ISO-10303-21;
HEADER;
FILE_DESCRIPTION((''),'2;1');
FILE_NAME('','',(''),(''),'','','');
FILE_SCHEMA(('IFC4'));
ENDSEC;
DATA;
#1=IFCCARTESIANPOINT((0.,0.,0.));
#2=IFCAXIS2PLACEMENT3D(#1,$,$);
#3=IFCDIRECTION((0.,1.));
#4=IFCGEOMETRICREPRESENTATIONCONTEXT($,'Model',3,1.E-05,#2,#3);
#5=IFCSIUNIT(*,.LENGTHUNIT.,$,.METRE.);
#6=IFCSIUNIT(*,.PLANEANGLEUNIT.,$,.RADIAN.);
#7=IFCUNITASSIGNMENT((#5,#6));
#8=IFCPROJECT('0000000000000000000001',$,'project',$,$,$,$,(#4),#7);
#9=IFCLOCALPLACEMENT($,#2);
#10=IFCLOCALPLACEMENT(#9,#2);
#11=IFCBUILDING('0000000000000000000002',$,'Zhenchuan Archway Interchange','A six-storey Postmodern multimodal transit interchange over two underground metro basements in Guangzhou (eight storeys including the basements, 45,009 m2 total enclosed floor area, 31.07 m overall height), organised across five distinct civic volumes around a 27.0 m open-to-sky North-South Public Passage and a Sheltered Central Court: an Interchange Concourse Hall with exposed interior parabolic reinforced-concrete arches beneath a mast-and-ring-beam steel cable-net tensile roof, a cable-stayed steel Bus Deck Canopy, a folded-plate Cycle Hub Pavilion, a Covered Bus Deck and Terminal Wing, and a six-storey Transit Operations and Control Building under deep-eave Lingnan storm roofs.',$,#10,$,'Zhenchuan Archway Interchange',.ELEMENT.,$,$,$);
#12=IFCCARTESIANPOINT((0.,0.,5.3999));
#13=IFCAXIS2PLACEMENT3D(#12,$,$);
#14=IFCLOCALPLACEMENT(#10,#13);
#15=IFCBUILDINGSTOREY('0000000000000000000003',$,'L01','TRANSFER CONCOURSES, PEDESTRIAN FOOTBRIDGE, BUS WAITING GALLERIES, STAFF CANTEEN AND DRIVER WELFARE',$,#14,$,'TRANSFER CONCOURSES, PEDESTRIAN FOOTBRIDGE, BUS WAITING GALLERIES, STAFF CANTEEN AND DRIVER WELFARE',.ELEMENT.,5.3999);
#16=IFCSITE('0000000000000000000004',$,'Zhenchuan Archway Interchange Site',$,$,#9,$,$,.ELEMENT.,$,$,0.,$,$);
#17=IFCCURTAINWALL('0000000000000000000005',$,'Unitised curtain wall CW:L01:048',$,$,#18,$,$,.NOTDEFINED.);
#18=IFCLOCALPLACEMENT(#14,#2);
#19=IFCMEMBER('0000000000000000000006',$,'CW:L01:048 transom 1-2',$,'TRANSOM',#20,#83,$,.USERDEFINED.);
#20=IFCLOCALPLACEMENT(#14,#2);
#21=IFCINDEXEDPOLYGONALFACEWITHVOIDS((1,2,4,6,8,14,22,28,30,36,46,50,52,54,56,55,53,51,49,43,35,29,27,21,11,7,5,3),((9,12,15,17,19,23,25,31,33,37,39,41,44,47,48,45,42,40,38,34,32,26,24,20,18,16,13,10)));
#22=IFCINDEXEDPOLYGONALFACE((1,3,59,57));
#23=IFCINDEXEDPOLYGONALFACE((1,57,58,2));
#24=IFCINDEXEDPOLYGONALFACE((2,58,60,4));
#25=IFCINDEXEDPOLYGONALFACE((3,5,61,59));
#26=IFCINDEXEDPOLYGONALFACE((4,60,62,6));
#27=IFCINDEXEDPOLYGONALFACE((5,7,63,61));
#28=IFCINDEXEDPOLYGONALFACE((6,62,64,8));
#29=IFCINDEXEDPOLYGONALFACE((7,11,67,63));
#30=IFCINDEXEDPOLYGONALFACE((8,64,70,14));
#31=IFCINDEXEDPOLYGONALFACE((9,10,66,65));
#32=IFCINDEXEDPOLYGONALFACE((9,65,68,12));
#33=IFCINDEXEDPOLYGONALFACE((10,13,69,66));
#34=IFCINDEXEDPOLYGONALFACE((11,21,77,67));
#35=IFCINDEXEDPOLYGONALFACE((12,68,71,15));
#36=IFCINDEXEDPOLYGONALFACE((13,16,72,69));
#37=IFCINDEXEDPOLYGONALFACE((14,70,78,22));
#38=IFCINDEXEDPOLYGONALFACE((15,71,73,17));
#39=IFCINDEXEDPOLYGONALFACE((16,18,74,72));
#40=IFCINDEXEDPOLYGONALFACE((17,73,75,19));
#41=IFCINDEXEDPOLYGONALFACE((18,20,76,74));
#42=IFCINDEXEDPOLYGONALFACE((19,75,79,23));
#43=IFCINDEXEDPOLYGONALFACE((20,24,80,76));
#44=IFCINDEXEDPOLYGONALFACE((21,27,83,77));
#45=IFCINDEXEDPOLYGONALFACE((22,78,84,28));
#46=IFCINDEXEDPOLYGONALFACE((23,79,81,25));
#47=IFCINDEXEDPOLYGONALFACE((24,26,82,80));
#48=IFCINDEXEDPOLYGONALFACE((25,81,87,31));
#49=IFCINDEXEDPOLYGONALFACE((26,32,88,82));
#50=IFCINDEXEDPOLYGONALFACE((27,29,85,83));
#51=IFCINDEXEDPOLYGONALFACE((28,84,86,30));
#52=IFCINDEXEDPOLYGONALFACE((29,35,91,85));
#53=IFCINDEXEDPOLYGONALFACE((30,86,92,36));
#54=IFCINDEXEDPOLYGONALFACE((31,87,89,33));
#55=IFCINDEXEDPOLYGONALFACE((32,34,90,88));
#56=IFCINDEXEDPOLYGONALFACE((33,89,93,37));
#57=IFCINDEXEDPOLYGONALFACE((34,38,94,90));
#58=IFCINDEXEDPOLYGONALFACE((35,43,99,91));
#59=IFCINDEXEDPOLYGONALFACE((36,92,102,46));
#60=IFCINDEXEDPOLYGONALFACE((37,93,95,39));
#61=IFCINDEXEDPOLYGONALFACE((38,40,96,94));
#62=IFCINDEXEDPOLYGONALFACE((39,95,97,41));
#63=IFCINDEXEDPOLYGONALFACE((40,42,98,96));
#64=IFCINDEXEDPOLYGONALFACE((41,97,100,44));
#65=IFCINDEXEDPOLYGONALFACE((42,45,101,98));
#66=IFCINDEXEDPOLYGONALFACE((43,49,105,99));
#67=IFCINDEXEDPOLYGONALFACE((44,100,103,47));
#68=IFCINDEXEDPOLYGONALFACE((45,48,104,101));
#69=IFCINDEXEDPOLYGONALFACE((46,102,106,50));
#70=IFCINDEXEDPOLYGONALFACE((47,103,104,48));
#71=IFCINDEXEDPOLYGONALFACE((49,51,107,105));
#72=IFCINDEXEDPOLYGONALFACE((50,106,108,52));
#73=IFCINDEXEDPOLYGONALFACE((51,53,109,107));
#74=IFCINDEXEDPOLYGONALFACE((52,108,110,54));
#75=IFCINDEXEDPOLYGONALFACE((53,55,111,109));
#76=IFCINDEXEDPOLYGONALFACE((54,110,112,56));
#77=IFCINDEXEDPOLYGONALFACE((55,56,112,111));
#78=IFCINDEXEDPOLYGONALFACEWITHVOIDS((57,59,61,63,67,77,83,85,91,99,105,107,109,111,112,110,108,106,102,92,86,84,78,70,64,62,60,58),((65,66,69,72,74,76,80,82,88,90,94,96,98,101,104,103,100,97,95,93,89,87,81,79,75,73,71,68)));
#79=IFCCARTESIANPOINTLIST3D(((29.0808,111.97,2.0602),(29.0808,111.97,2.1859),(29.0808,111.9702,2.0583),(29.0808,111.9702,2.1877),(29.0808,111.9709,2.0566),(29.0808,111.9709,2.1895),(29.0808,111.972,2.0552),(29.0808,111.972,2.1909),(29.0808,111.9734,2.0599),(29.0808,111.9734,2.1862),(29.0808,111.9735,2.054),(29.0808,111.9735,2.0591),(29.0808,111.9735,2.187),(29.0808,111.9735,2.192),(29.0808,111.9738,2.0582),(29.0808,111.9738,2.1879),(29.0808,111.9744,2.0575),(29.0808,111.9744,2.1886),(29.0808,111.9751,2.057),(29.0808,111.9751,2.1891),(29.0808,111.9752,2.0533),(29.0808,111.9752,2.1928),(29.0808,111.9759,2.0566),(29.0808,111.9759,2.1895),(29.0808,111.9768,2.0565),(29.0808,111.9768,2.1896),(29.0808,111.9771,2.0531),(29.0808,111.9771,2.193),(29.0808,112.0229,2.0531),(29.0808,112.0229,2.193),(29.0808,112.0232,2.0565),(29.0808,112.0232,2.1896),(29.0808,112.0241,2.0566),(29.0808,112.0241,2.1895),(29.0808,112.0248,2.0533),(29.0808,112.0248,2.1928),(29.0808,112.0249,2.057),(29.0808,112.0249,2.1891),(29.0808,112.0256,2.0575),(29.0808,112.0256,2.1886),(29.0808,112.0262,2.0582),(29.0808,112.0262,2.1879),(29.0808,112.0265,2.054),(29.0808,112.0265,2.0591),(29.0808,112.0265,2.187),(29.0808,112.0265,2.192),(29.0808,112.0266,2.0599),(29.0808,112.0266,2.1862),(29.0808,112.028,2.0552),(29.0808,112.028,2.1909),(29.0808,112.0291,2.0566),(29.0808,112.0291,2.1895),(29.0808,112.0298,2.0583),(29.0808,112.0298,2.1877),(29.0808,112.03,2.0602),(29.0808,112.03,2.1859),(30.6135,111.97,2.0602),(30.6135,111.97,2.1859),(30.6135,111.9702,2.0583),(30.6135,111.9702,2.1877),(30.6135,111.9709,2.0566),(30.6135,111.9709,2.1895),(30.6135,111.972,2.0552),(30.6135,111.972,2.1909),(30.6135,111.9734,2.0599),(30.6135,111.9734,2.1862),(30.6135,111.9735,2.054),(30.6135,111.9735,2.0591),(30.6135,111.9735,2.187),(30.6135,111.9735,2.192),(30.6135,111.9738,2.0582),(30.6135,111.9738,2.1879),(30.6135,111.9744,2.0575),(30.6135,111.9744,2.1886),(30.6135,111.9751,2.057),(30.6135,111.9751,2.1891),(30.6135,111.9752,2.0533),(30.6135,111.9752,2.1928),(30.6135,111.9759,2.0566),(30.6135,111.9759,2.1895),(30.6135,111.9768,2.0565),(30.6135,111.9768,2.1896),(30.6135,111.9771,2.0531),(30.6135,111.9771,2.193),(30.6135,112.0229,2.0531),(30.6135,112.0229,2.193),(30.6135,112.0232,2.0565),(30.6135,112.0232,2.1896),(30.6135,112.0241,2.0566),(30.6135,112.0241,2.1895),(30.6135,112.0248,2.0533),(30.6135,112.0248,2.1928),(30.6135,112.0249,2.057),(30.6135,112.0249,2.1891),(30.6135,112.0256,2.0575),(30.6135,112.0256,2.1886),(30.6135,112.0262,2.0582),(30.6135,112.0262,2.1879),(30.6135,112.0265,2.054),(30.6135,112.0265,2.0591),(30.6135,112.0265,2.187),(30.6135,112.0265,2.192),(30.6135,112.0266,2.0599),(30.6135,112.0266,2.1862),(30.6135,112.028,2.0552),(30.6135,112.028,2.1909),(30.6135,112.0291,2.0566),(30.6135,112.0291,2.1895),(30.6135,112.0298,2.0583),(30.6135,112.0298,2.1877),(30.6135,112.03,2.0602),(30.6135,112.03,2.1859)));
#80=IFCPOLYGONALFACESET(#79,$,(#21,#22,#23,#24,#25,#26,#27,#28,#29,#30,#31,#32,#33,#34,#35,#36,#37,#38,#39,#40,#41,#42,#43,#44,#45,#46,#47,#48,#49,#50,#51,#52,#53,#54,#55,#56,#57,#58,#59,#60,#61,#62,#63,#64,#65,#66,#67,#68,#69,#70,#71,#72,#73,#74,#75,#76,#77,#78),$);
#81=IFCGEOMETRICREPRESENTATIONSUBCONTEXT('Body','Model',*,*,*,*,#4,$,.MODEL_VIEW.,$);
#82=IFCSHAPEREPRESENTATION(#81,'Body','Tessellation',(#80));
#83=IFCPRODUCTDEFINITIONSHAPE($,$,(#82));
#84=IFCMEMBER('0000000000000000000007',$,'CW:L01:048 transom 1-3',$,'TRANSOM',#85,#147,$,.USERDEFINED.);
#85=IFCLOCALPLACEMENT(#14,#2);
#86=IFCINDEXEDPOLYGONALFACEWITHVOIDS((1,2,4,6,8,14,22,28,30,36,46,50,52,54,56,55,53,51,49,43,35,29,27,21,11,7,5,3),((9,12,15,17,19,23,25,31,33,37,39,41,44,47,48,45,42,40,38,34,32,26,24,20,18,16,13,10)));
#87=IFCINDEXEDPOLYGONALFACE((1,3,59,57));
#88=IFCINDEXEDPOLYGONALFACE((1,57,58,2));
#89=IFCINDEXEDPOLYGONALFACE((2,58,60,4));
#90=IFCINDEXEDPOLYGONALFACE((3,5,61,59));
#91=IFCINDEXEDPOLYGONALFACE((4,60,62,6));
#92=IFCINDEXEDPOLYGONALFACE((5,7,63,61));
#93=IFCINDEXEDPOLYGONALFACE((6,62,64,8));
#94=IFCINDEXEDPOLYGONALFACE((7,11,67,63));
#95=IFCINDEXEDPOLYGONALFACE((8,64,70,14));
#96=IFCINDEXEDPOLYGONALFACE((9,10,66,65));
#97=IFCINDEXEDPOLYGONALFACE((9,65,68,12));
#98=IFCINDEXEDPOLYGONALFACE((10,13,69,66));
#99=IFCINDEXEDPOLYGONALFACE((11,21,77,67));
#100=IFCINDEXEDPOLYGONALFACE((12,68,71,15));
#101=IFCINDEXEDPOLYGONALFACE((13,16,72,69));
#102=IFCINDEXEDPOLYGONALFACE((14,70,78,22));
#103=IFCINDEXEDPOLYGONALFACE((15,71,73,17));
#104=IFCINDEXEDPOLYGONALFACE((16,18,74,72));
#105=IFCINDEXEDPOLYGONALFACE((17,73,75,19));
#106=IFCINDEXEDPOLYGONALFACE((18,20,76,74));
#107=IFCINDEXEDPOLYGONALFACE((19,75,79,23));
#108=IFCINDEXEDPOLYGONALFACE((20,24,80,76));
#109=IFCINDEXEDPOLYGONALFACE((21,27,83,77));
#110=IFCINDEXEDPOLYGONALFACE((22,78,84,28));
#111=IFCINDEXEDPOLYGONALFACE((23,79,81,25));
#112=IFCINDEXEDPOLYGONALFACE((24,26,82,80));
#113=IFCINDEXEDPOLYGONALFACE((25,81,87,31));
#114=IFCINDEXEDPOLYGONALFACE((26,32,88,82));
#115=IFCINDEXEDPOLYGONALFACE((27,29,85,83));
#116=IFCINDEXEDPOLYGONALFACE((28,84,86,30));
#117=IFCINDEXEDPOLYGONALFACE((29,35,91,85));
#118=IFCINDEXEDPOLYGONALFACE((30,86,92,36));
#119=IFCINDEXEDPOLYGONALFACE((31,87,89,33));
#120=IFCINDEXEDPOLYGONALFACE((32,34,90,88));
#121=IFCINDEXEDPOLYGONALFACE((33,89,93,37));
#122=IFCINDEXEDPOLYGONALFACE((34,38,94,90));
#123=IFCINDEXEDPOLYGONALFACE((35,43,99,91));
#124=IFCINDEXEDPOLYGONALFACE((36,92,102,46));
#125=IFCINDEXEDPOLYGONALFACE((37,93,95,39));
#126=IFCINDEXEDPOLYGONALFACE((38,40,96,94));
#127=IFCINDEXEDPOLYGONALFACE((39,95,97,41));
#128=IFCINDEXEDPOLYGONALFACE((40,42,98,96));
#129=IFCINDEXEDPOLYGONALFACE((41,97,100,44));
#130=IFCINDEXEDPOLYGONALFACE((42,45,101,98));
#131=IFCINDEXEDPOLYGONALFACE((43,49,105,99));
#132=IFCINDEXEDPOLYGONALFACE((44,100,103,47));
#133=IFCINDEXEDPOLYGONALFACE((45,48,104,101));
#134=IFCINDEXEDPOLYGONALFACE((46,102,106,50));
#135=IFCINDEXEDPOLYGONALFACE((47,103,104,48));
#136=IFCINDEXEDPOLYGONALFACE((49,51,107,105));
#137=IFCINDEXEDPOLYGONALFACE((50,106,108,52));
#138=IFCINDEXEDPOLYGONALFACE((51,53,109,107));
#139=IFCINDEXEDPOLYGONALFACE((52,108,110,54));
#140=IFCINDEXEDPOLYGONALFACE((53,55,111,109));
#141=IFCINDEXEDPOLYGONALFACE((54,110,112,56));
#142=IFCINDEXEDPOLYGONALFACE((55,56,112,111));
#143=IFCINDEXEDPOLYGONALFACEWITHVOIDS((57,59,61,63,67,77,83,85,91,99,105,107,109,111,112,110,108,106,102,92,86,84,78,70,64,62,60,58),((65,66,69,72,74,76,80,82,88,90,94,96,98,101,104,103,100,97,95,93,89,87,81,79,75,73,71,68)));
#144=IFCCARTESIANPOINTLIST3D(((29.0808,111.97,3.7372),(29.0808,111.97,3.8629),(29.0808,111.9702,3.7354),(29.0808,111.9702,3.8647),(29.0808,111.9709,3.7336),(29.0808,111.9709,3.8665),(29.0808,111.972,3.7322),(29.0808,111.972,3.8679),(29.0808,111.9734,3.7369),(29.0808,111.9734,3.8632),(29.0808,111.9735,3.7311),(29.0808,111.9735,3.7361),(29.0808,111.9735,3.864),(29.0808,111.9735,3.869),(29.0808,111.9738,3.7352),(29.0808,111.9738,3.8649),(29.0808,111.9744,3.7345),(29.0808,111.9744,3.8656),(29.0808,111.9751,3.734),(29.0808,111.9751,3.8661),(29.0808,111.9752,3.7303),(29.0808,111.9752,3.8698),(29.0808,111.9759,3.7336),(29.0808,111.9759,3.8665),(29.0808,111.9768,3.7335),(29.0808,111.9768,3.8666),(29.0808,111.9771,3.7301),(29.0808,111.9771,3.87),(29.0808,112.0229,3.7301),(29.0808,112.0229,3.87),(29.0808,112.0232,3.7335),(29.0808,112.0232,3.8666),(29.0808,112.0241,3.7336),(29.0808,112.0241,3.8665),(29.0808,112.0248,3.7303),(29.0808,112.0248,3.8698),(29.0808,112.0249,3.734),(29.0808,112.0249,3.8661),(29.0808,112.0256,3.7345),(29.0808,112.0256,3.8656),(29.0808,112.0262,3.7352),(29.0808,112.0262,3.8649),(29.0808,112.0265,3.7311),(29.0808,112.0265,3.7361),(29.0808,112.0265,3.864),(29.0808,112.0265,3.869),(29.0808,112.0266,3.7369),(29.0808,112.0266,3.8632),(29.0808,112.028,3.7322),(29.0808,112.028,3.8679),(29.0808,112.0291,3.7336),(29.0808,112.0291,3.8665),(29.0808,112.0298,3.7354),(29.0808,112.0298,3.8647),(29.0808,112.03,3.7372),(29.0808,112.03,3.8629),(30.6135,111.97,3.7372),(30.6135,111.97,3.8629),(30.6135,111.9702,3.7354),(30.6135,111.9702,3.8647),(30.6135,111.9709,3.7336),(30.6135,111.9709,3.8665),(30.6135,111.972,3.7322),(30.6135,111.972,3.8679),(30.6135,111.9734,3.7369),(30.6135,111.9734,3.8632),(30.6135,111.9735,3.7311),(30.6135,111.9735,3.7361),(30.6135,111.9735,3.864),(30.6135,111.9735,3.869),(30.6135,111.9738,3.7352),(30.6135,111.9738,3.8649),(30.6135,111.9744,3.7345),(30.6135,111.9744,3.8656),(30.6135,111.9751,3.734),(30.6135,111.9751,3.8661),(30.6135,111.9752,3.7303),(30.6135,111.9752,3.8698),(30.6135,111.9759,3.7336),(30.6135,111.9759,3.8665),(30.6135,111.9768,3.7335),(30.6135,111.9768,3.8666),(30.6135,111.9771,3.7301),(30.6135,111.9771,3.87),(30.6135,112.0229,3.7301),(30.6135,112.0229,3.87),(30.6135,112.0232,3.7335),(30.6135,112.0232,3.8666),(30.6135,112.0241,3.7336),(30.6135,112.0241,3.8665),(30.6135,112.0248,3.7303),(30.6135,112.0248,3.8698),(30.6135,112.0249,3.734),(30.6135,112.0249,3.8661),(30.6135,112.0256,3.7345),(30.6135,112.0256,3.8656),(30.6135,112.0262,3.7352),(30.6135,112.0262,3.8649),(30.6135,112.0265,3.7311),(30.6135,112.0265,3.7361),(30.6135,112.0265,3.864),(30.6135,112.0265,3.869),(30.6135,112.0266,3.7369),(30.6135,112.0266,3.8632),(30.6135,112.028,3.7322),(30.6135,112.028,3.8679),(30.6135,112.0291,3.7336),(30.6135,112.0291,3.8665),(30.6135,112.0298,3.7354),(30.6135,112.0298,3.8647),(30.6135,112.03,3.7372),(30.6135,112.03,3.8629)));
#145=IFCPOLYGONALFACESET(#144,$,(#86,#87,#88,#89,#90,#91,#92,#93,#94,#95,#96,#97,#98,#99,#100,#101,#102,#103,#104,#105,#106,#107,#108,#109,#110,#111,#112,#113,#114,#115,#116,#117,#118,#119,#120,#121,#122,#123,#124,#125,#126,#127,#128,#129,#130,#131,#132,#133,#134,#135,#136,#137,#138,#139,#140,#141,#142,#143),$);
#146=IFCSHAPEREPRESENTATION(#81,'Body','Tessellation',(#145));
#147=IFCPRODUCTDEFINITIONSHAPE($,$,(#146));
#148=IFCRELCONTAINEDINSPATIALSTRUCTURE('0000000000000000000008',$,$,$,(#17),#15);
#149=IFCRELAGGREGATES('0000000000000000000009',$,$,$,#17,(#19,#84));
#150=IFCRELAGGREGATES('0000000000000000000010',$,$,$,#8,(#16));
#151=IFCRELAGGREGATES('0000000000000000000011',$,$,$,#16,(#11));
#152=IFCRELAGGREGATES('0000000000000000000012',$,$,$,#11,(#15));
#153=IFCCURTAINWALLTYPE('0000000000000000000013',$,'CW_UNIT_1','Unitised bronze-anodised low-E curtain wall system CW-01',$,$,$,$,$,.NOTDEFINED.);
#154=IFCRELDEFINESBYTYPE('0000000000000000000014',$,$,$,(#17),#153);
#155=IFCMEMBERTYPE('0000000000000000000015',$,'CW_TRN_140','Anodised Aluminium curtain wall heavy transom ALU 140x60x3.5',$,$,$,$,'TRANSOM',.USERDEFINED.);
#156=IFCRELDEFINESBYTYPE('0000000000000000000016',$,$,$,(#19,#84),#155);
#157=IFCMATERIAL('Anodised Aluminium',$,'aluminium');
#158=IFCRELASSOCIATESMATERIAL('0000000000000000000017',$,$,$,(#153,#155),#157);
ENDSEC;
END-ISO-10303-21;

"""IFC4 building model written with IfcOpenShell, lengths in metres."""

from ifc_helpers import new_model, si_unit, direction, frame, origin, origin_2d, place, context, subcontext, project, spatial, hollow_rectangle, extrude, material, material_profile, profile_set, type_object, element, aggregate, save


model = new_model("IFC4")

# Units and contexts
model_context = context("Model", 3, precision=1e-05, world=origin(), true_north=direction((0.0, 1.0)))
body_context = subcontext(model_context, "Body", "Model", "MODEL_VIEW")
ifc_project = project(units=[si_unit("LENGTHUNIT", "METRE"), si_unit("PLANEANGLEUNIT", "RADIAN")], contexts=[model_context])

# Site, building, storey
site_placement = place(None, origin())
site = spatial("IfcSite", under=ifc_project, at=site_placement, Name="Zhenchuan Archway Interchange Site", CompositionType="ELEMENT", RefElevation=0.0)
building_placement = place(site_placement, origin())
building = spatial("IfcBuilding", under=site, at=building_placement, Name="Zhenchuan Archway Interchange", Description="A six-storey Postmodern multimodal transit interchange over two underground metro basements in Guangzhou (eight storeys including the basements, 45,009 m2 total enclosed floor area, 31.07 m overall height), organised across five distinct civic volumes around a 27.0 m open-to-sky North-South Public Passage and a Sheltered Central Court: an Interchange Concourse Hall with exposed interior parabolic reinforced-concrete arches beneath a mast-and-ring-beam steel cable-net tensile roof, a cable-stayed steel Bus Deck Canopy, a folded-plate Cycle Hub Pavilion, a Covered Bus Deck and Terminal Wing, and a six-storey Transit Operations and Control Building under deep-eave Lingnan storm roofs.", LongName="Zhenchuan Archway Interchange", CompositionType="ELEMENT")
storey_placement = place(building_placement, frame((0.0, 0.0, 5.3999)))
storey = spatial("IfcBuildingStorey", under=building, at=storey_placement, Name="L01", Description="TRANSFER CONCOURSES, PEDESTRIAN FOOTBRIDGE, BUS WAITING GALLERIES, STAFF CANTEEN AND DRIVER WELFARE", LongName="TRANSFER CONCOURSES, PEDESTRIAN FOOTBRIDGE, BUS WAITING GALLERIES, STAFF CANTEEN AND DRIVER WELFARE", CompositionType="ELEMENT", Elevation=5.3999)

# Curtain wall
ifc_material_1 = material(Name="Anodised Aluminium", Category="aluminium")
curtain_wall_type_1 = type_object("IfcCurtainWallType", Name="CW_UNIT_1", Description="Unitised bronze-anodised low-E curtain wall system CW-01", PredefinedType="NOTDEFINED", material=ifc_material_1)
curtain_wall_1_placement = place(storey_placement, origin())
curtain_wall_1 = element("IfcCurtainWall", 1, at=curtain_wall_1_placement, inside=storey, type_object=curtain_wall_type_1, Name="Unitised curtain wall CW:L01:048", PredefinedType="NOTDEFINED")

# Members
ifc_material_profile_1 = material_profile(ifc_material_1, hollow_rectangle(XDim=0.0601, YDim=0.1399, WallThickness=0.0034, InnerFilletRadius=0.0034, OuterFilletRadius=0.0071, at=origin_2d()), Name="ALU 140x60x3.5")
ifc_profile_set_1 = profile_set([ifc_material_profile_1], Name="Anodised Aluminium")
member_type_1 = type_object("IfcMemberType", Name="CW_TRN_140", Description="Anodised Aluminium curtain wall heavy transom ALU 140x60x3.5", ElementType="TRANSOM", PredefinedType="USERDEFINED", material=ifc_profile_set_1)
member_1_placement = place(storey_placement, frame((29.0808, 112.0, 2.123), z_axis=(1.0, 0.0, 0.0), x_axis=(0.0, 1.0, 0.0)))
member_1 = element("IfcMember", 2, at=member_1_placement, type_object=member_type_1, Name="CW:L01:048 transom 1-2", ObjectType="TRANSOM", PredefinedType="USERDEFINED", context=body_context, shape_type="SweptSolid", body=[
    extrude(hollow_rectangle(XDim=0.0601, YDim=0.1399, WallThickness=0.0034, InnerFilletRadius=0.0034, OuterFilletRadius=0.0071, at=origin_2d()), origin(), (0.0, 0.0, 1.0), 1.5327),
])
member_2_placement = place(storey_placement, frame((29.0808, 112.0, 3.8), z_axis=(1.0, 0.0, 0.0), x_axis=(0.0, 1.0, 0.0)))
member_2 = element("IfcMember", 3, at=member_2_placement, type_object=member_type_1, Name="CW:L01:048 transom 1-3", ObjectType="TRANSOM", PredefinedType="USERDEFINED", context=body_context, shape_type="SweptSolid", body=[
    extrude(hollow_rectangle(XDim=0.0601, YDim=0.1399, WallThickness=0.0034, InnerFilletRadius=0.0034, OuterFilletRadius=0.0071, at=origin_2d()), origin(), (0.0, 0.0, 1.0), 1.5327),
])

aggregate(curtain_wall_1, [member_1, member_2])

save(model, "model.ifc")
